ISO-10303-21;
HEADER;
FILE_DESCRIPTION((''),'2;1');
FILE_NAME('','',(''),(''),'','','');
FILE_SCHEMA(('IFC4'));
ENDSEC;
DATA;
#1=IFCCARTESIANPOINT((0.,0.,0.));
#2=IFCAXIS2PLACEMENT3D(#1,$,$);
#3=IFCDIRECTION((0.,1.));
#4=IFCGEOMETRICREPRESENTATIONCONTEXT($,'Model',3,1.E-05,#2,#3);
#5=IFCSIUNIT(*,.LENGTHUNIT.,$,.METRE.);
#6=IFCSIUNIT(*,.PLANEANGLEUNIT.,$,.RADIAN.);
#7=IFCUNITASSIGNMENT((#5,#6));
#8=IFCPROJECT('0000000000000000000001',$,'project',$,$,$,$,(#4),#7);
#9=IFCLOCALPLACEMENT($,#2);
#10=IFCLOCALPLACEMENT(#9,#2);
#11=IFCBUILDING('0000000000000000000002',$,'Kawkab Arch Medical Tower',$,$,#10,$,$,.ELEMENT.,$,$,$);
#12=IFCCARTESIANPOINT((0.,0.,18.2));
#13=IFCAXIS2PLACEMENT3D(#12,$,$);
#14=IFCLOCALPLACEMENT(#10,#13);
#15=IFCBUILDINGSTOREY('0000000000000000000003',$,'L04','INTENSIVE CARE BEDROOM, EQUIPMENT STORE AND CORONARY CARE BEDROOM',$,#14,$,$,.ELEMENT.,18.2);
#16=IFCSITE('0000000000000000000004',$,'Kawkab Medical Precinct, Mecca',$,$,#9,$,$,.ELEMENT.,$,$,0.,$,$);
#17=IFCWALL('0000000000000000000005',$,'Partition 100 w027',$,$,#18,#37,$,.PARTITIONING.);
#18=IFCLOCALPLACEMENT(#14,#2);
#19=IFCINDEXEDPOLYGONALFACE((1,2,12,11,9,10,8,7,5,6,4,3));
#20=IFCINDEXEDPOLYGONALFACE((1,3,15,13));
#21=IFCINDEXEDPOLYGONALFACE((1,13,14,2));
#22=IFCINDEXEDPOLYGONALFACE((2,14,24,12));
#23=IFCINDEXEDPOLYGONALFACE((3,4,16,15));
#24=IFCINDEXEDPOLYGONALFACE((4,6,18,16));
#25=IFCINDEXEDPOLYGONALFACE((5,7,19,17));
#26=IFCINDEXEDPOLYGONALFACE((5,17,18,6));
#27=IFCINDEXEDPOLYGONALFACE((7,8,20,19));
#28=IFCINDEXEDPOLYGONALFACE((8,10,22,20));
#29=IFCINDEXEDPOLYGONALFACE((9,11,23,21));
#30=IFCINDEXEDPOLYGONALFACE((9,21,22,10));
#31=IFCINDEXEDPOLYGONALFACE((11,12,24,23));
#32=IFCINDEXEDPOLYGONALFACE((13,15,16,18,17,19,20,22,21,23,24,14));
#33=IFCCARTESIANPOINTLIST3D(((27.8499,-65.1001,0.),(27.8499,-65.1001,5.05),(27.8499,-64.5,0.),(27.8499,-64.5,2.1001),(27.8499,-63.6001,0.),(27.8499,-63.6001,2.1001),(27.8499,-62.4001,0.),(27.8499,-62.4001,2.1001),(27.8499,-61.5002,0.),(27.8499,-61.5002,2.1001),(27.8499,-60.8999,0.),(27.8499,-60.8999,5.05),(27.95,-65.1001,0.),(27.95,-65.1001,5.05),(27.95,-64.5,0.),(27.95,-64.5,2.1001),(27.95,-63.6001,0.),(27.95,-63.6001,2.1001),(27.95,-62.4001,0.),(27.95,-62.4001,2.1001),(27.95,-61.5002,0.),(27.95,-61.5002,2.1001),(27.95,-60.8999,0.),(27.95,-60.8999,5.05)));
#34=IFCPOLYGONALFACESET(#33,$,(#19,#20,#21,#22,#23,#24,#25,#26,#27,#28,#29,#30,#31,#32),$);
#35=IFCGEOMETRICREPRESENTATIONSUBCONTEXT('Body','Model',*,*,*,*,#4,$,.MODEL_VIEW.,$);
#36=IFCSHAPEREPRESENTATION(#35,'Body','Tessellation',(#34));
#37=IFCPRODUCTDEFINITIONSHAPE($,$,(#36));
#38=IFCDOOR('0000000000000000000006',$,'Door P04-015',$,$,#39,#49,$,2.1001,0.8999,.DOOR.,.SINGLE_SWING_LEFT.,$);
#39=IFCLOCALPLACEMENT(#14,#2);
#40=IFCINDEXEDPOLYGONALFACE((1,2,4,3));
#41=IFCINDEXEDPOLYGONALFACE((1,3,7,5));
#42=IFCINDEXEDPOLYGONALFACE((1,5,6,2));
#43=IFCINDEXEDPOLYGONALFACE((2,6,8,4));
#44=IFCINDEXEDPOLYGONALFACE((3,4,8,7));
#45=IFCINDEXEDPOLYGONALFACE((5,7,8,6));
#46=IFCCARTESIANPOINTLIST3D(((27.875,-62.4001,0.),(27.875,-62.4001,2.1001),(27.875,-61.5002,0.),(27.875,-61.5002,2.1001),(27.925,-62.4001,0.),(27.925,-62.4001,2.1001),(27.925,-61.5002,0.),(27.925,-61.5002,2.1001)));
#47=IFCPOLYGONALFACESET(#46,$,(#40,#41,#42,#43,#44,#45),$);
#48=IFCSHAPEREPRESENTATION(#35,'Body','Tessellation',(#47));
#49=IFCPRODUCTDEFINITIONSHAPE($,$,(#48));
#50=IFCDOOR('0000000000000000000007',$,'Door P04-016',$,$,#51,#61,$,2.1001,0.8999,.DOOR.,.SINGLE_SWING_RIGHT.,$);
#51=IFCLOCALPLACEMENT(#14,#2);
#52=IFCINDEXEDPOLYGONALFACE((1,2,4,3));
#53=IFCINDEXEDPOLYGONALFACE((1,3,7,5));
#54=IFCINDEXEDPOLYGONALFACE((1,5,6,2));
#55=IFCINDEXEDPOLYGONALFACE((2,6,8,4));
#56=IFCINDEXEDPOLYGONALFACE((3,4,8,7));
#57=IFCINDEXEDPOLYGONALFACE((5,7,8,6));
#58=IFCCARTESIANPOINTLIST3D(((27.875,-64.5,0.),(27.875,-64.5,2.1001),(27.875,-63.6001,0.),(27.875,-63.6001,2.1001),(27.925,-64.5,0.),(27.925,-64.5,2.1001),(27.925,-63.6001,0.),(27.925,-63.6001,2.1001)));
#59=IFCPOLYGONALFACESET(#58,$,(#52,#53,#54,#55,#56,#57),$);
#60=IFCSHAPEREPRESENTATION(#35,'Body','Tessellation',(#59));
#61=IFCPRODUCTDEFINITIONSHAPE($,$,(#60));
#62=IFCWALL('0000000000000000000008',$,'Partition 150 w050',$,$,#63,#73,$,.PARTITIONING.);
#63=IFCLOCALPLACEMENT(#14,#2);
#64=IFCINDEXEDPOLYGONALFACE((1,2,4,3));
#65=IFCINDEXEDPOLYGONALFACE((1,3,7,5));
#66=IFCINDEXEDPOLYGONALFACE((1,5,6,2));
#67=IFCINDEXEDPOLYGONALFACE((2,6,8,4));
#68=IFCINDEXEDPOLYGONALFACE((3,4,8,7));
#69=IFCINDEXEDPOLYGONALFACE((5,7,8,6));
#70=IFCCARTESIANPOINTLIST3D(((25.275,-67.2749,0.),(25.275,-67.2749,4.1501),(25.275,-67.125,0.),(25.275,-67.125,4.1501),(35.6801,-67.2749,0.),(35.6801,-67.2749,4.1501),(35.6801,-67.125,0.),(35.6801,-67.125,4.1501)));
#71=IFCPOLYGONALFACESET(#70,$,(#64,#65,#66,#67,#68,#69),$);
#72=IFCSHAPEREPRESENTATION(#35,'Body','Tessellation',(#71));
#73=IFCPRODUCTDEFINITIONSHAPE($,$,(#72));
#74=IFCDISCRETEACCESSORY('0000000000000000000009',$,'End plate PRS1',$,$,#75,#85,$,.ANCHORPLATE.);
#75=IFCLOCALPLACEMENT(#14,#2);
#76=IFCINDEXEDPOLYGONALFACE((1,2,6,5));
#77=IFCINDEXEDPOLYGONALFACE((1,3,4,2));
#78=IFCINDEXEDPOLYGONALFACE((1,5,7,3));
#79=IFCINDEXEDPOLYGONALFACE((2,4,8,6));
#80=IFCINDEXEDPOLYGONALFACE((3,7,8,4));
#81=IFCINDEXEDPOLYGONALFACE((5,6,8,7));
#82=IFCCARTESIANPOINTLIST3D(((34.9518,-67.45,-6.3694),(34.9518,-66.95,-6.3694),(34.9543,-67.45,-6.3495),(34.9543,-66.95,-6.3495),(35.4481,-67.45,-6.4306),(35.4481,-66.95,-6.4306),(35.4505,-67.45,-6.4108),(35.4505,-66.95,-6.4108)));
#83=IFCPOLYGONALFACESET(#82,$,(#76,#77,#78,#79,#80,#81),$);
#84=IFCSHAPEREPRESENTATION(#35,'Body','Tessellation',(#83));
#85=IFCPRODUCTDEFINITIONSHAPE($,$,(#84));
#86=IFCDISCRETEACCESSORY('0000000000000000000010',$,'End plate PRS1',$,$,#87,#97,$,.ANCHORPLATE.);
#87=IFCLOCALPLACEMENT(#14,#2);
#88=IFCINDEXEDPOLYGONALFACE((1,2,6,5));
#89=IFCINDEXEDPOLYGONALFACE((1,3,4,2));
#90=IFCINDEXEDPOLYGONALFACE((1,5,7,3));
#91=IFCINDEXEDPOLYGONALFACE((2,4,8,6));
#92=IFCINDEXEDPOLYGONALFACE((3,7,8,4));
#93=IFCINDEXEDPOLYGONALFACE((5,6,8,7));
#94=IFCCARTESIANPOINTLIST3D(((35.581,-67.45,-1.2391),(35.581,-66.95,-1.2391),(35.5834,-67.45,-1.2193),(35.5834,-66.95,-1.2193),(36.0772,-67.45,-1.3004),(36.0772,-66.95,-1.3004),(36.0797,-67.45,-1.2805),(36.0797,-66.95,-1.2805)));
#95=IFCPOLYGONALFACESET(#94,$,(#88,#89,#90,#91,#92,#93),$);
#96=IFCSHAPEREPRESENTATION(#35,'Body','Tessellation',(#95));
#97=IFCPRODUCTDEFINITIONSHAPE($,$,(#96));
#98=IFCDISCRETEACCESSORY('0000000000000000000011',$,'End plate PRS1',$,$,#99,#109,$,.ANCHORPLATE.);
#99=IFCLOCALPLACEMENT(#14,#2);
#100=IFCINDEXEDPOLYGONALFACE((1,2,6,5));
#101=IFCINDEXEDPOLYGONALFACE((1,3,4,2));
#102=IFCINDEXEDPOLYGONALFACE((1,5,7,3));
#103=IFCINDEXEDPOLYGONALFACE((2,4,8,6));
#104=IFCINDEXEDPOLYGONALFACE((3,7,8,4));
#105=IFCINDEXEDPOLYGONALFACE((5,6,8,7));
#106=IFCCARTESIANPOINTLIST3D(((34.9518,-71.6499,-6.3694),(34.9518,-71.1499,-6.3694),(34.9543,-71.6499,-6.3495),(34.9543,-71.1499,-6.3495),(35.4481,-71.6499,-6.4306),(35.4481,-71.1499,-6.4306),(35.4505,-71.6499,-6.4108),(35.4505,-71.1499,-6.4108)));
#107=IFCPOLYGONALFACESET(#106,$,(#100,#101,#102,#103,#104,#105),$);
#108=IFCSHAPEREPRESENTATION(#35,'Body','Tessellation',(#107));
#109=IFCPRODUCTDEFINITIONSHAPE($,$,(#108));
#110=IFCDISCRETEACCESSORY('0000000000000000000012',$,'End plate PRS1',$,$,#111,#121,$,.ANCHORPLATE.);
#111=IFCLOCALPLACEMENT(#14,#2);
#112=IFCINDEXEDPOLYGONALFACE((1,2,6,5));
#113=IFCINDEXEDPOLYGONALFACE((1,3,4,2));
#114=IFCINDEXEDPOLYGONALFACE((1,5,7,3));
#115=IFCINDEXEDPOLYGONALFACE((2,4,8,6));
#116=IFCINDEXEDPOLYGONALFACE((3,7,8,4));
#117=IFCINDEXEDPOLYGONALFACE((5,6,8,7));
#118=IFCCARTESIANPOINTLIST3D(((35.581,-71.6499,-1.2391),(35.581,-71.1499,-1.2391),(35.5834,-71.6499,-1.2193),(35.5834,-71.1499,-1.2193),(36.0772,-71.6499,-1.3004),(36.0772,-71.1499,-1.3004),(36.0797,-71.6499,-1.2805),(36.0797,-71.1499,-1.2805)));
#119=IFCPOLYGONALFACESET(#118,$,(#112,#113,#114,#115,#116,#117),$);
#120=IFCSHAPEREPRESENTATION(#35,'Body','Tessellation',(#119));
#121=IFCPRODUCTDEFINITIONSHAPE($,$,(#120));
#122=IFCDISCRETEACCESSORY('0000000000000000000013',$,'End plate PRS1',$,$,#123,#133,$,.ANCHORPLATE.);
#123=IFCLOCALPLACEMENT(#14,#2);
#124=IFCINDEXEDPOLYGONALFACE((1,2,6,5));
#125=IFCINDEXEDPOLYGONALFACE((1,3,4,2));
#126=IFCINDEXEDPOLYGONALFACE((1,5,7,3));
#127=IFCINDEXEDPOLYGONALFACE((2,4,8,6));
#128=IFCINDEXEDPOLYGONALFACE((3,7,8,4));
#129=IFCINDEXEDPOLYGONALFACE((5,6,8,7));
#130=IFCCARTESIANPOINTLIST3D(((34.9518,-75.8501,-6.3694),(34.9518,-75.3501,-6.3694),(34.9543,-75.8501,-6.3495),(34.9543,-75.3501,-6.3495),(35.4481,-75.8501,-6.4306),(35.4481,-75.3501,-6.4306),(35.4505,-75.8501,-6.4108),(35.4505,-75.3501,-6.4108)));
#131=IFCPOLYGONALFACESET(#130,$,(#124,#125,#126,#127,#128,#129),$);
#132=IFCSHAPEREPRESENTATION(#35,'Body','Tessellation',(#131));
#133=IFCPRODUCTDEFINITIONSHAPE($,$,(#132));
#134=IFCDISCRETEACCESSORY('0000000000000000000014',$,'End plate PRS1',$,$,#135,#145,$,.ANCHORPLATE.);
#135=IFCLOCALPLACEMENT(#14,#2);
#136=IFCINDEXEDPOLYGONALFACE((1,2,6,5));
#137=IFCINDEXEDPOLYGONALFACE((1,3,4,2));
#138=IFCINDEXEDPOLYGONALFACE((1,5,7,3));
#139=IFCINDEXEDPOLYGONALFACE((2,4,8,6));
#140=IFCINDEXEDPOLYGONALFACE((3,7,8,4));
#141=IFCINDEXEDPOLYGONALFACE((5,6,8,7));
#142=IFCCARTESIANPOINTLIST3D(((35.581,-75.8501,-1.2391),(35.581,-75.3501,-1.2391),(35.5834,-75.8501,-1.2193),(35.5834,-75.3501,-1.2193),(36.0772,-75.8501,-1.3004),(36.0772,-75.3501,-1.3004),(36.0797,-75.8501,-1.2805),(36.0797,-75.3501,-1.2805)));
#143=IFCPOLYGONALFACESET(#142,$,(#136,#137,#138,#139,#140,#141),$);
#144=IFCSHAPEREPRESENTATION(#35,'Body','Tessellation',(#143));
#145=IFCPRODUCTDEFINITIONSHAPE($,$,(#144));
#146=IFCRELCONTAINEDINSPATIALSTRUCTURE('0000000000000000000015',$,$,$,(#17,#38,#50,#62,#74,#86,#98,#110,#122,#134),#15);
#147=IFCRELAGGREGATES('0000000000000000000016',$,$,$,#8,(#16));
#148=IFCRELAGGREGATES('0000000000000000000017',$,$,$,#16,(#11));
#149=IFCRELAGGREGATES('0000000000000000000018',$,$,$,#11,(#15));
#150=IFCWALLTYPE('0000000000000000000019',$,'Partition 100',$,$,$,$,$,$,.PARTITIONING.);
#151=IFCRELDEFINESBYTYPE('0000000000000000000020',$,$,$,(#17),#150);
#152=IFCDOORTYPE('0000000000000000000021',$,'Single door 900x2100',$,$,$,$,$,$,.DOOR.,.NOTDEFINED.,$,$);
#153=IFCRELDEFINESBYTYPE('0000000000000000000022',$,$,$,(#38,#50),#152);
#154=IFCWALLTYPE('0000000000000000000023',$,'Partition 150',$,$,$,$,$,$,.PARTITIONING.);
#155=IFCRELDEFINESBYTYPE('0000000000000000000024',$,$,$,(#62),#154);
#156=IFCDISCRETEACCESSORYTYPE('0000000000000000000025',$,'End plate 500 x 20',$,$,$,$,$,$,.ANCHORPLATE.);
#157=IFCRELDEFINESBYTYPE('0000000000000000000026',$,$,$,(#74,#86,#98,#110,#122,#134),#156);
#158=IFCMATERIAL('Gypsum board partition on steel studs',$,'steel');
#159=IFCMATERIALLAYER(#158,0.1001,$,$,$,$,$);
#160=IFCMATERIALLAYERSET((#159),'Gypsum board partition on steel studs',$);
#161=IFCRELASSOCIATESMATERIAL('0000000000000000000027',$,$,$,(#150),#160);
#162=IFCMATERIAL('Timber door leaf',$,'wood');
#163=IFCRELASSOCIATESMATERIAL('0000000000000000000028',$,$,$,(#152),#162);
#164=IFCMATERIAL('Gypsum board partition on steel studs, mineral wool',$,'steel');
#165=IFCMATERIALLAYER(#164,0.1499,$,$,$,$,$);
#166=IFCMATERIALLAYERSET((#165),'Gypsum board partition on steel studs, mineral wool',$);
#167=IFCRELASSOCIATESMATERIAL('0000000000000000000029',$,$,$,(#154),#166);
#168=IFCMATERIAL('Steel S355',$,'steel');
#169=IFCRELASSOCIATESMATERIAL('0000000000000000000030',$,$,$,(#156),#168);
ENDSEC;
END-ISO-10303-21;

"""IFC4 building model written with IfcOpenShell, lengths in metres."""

from ifc_helpers import new_model, si_unit, direction, frame, frame_2d, origin, origin_2d, place, context, subcontext, project, spatial, rectangle, extrude, material, layer, layer_set, material_profile, profile_set, type_object, element, fill, save


model = new_model("IFC4")

# Units and contexts
model_context = context("Model", 3, precision=1e-05, world=origin(), true_north=direction((0.0, 1.0)))
body_context = subcontext(model_context, "Body", "Model", "MODEL_VIEW")
ifc_project = project(units=[si_unit("LENGTHUNIT", "METRE"), si_unit("PLANEANGLEUNIT", "RADIAN")], contexts=[model_context])

# Site, building, storey
site_placement = place(None, origin())
site = spatial("IfcSite", under=ifc_project, at=site_placement, Name="Kawkab Medical Precinct, Mecca", CompositionType="ELEMENT", RefElevation=0.0)
building_placement = place(site_placement, origin())
building = spatial("IfcBuilding", under=site, at=building_placement, Name="Kawkab Arch Medical Tower", CompositionType="ELEMENT")
storey_placement = place(building_placement, frame((0.0, 0.0, 18.2)))
storey = spatial("IfcBuildingStorey", under=building, at=storey_placement, Name="L04", Description="INTENSIVE CARE BEDROOM, EQUIPMENT STORE AND CORONARY CARE BEDROOM", CompositionType="ELEMENT", Elevation=18.2)

# Shared definitions
ifc_material_1 = material(Name="Gypsum board partition on steel studs", Category="steel")
ifc_layer_1 = layer(ifc_material_1, 0.1001)
ifc_layer_set_1 = layer_set([ifc_layer_1], Name="Gypsum board partition on steel studs")
wall_type_1 = type_object("IfcWallType", Name="Partition 100", PredefinedType="PARTITIONING", material=ifc_layer_set_1)

# Shared definitions
ifc_material_2 = material(Name="Timber door leaf", Category="wood")
door_type = type_object("IfcDoorType", Name="Single door 900x2100", OperationType="NOTDEFINED", PredefinedType="DOOR", material=ifc_material_2)

# Wall, openings, doors
wall_1_placement = place(storey_placement, frame((27.8999, -65.1001, 0.0), z_axis=(0.0, 0.0, 1.0), x_axis=(0.0, 1.0, 0.0)))
wall_1 = element("IfcWall", 1, at=wall_1_placement, inside=storey, type_object=wall_type_1, Name="Partition 100 w027", PredefinedType="PARTITIONING", context=body_context, shape_type="SweptSolid", body=[
    extrude(rectangle(XDim=4.2002, YDim=0.1001, at=frame_2d((2.1001, 0.0))), origin(), (0.0, 0.0, 1.0), 5.05),
])
opening_1_placement = place(wall_1_placement, frame((2.7, 0.0, 0.0)))
opening_1 = element("IfcOpeningElement", 2, at=opening_1_placement, cuts=wall_1, PredefinedType="OPENING", context=body_context, shape_type="SweptSolid", body=[
    extrude(rectangle(XDim=0.8999, YDim=2.1001, at=frame_2d((0.45, 1.05))), frame((0.0, 0.0601, 0.0), z_axis=(0.0, -1.0, 0.0), x_axis=(1.0, 0.0, 0.0)), (0.0, 0.0, 1.0), 0.1201),
])
opening_2_placement = place(wall_1_placement, frame((0.6001, 0.0, 0.0)))
opening_2 = element("IfcOpeningElement", 3, at=opening_2_placement, cuts=wall_1, PredefinedType="OPENING", context=body_context, shape_type="SweptSolid", body=[
    extrude(rectangle(XDim=0.8999, YDim=2.1001, at=frame_2d((0.45, 1.05))), frame((0.0, 0.0601, 0.0), z_axis=(0.0, -1.0, 0.0), x_axis=(1.0, 0.0, 0.0)), (0.0, 0.0, 1.0), 0.1201),
])
door_1_placement = place(opening_1_placement, origin())
door_1 = element("IfcDoor", 4, at=door_1_placement, inside=storey, type_object=door_type, Name="Door P04-015", OperationType="SINGLE_SWING_LEFT", OverallHeight=2.1001, OverallWidth=0.8999, PredefinedType="DOOR", context=body_context, shape_type="SweptSolid", body=[
    extrude(rectangle(XDim=0.8999, YDim=2.1001, at=frame_2d((0.45, 1.05))), frame((0.0, 0.0249, 0.0), z_axis=(0.0, -1.0, 0.0), x_axis=(1.0, 0.0, 0.0)), (0.0, 0.0, 1.0), 0.05),
])
fill(opening_1, door_1)
door_2_placement = place(opening_2_placement, origin())
door_2 = element("IfcDoor", 5, at=door_2_placement, inside=storey, type_object=door_type, Name="Door P04-016", OperationType="SINGLE_SWING_RIGHT", OverallHeight=2.1001, OverallWidth=0.8999, PredefinedType="DOOR", context=body_context, shape_type="SweptSolid", body=[
    extrude(rectangle(XDim=0.8999, YDim=2.1001, at=frame_2d((0.45, 1.05))), frame((0.0, 0.0249, 0.0), z_axis=(0.0, -1.0, 0.0), x_axis=(1.0, 0.0, 0.0)), (0.0, 0.0, 1.0), 0.05),
])
fill(opening_2, door_2)

# Wall
ifc_material_3 = material(Name="Gypsum board partition on steel studs, mineral wool", Category="steel")
ifc_layer_2 = layer(ifc_material_3, 0.1499)
ifc_layer_set_2 = layer_set([ifc_layer_2], Name="Gypsum board partition on steel studs, mineral wool")
wall_type_2 = type_object("IfcWallType", Name="Partition 150", PredefinedType="PARTITIONING", material=ifc_layer_set_2)
wall_2_placement = place(storey_placement, frame((25.2749, -67.2, 0.0), z_axis=(0.0, 0.0, 1.0), x_axis=(1.0, 0.0, 0.0)))
element("IfcWall", 6, at=wall_2_placement, inside=storey, type_object=wall_type_2, Name="Partition 150 w050", PredefinedType="PARTITIONING", context=body_context, shape_type="SweptSolid", body=[
    extrude(rectangle(XDim=10.405, YDim=0.1499, at=frame_2d((5.2026, 0.0))), origin(), (0.0, 0.0, 1.0), 4.1501),
])

# Discrete accessories
ifc_material_4 = material(Name="Steel S355", Category="steel")
ifc_material_profile_1 = material_profile(ifc_material_4, rectangle(XDim=0.5, YDim=0.5, at=origin_2d()), Name="End plate 500 x 20")
ifc_profile_set_1 = profile_set([ifc_material_profile_1], Name="Steel S355")
discrete_accessory_type = type_object("IfcDiscreteAccessoryType", Name="End plate 500 x 20", PredefinedType="ANCHORPLATE", material=ifc_profile_set_1)
for number, where, z_axis, x_axis, name in (
    (7, (35.2024, -67.2, -6.3801), (-0.122527, 0.0, -0.992465), (0.0, -1.0, 0.0), "End plate PRS1"),
    (8, (35.8291, -67.2, -1.2698), (0.122527, 0.0, 0.992465), (0.0, 1.0, 0.0), "End plate PRS1"),
    (9, (35.2024, -71.3999, -6.3801), (-0.122527, 0.0, -0.992465), (0.0, -1.0, 0.0), "End plate PRS1"),
    (10, (35.8291, -71.3999, -1.2698), (0.122527, 0.0, 0.992465), (0.0, 1.0, 0.0), "End plate PRS1"),
    (11, (35.2024, -75.6001, -6.3801), (-0.122527, 0.0, -0.992465), (0.0, -1.0, 0.0), "End plate PRS1"),
    (12, (35.8291, -75.6001, -1.2698), (0.122527, 0.0, 0.992465), (0.0, 1.0, 0.0), "End plate PRS1"),
):
    element("IfcDiscreteAccessory", number, at=place(storey_placement, frame(where, z_axis=z_axis, x_axis=x_axis)), inside=storey, type_object=discrete_accessory_type, Name=name, PredefinedType="ANCHORPLATE", context=body_context, shape_type="SweptSolid", body=[
        extrude(rectangle(XDim=0.5, YDim=0.5, at=origin_2d()), origin(), (0.0, 0.0, 1.0), 0.02),
    ])

save(model, "model.ifc")
